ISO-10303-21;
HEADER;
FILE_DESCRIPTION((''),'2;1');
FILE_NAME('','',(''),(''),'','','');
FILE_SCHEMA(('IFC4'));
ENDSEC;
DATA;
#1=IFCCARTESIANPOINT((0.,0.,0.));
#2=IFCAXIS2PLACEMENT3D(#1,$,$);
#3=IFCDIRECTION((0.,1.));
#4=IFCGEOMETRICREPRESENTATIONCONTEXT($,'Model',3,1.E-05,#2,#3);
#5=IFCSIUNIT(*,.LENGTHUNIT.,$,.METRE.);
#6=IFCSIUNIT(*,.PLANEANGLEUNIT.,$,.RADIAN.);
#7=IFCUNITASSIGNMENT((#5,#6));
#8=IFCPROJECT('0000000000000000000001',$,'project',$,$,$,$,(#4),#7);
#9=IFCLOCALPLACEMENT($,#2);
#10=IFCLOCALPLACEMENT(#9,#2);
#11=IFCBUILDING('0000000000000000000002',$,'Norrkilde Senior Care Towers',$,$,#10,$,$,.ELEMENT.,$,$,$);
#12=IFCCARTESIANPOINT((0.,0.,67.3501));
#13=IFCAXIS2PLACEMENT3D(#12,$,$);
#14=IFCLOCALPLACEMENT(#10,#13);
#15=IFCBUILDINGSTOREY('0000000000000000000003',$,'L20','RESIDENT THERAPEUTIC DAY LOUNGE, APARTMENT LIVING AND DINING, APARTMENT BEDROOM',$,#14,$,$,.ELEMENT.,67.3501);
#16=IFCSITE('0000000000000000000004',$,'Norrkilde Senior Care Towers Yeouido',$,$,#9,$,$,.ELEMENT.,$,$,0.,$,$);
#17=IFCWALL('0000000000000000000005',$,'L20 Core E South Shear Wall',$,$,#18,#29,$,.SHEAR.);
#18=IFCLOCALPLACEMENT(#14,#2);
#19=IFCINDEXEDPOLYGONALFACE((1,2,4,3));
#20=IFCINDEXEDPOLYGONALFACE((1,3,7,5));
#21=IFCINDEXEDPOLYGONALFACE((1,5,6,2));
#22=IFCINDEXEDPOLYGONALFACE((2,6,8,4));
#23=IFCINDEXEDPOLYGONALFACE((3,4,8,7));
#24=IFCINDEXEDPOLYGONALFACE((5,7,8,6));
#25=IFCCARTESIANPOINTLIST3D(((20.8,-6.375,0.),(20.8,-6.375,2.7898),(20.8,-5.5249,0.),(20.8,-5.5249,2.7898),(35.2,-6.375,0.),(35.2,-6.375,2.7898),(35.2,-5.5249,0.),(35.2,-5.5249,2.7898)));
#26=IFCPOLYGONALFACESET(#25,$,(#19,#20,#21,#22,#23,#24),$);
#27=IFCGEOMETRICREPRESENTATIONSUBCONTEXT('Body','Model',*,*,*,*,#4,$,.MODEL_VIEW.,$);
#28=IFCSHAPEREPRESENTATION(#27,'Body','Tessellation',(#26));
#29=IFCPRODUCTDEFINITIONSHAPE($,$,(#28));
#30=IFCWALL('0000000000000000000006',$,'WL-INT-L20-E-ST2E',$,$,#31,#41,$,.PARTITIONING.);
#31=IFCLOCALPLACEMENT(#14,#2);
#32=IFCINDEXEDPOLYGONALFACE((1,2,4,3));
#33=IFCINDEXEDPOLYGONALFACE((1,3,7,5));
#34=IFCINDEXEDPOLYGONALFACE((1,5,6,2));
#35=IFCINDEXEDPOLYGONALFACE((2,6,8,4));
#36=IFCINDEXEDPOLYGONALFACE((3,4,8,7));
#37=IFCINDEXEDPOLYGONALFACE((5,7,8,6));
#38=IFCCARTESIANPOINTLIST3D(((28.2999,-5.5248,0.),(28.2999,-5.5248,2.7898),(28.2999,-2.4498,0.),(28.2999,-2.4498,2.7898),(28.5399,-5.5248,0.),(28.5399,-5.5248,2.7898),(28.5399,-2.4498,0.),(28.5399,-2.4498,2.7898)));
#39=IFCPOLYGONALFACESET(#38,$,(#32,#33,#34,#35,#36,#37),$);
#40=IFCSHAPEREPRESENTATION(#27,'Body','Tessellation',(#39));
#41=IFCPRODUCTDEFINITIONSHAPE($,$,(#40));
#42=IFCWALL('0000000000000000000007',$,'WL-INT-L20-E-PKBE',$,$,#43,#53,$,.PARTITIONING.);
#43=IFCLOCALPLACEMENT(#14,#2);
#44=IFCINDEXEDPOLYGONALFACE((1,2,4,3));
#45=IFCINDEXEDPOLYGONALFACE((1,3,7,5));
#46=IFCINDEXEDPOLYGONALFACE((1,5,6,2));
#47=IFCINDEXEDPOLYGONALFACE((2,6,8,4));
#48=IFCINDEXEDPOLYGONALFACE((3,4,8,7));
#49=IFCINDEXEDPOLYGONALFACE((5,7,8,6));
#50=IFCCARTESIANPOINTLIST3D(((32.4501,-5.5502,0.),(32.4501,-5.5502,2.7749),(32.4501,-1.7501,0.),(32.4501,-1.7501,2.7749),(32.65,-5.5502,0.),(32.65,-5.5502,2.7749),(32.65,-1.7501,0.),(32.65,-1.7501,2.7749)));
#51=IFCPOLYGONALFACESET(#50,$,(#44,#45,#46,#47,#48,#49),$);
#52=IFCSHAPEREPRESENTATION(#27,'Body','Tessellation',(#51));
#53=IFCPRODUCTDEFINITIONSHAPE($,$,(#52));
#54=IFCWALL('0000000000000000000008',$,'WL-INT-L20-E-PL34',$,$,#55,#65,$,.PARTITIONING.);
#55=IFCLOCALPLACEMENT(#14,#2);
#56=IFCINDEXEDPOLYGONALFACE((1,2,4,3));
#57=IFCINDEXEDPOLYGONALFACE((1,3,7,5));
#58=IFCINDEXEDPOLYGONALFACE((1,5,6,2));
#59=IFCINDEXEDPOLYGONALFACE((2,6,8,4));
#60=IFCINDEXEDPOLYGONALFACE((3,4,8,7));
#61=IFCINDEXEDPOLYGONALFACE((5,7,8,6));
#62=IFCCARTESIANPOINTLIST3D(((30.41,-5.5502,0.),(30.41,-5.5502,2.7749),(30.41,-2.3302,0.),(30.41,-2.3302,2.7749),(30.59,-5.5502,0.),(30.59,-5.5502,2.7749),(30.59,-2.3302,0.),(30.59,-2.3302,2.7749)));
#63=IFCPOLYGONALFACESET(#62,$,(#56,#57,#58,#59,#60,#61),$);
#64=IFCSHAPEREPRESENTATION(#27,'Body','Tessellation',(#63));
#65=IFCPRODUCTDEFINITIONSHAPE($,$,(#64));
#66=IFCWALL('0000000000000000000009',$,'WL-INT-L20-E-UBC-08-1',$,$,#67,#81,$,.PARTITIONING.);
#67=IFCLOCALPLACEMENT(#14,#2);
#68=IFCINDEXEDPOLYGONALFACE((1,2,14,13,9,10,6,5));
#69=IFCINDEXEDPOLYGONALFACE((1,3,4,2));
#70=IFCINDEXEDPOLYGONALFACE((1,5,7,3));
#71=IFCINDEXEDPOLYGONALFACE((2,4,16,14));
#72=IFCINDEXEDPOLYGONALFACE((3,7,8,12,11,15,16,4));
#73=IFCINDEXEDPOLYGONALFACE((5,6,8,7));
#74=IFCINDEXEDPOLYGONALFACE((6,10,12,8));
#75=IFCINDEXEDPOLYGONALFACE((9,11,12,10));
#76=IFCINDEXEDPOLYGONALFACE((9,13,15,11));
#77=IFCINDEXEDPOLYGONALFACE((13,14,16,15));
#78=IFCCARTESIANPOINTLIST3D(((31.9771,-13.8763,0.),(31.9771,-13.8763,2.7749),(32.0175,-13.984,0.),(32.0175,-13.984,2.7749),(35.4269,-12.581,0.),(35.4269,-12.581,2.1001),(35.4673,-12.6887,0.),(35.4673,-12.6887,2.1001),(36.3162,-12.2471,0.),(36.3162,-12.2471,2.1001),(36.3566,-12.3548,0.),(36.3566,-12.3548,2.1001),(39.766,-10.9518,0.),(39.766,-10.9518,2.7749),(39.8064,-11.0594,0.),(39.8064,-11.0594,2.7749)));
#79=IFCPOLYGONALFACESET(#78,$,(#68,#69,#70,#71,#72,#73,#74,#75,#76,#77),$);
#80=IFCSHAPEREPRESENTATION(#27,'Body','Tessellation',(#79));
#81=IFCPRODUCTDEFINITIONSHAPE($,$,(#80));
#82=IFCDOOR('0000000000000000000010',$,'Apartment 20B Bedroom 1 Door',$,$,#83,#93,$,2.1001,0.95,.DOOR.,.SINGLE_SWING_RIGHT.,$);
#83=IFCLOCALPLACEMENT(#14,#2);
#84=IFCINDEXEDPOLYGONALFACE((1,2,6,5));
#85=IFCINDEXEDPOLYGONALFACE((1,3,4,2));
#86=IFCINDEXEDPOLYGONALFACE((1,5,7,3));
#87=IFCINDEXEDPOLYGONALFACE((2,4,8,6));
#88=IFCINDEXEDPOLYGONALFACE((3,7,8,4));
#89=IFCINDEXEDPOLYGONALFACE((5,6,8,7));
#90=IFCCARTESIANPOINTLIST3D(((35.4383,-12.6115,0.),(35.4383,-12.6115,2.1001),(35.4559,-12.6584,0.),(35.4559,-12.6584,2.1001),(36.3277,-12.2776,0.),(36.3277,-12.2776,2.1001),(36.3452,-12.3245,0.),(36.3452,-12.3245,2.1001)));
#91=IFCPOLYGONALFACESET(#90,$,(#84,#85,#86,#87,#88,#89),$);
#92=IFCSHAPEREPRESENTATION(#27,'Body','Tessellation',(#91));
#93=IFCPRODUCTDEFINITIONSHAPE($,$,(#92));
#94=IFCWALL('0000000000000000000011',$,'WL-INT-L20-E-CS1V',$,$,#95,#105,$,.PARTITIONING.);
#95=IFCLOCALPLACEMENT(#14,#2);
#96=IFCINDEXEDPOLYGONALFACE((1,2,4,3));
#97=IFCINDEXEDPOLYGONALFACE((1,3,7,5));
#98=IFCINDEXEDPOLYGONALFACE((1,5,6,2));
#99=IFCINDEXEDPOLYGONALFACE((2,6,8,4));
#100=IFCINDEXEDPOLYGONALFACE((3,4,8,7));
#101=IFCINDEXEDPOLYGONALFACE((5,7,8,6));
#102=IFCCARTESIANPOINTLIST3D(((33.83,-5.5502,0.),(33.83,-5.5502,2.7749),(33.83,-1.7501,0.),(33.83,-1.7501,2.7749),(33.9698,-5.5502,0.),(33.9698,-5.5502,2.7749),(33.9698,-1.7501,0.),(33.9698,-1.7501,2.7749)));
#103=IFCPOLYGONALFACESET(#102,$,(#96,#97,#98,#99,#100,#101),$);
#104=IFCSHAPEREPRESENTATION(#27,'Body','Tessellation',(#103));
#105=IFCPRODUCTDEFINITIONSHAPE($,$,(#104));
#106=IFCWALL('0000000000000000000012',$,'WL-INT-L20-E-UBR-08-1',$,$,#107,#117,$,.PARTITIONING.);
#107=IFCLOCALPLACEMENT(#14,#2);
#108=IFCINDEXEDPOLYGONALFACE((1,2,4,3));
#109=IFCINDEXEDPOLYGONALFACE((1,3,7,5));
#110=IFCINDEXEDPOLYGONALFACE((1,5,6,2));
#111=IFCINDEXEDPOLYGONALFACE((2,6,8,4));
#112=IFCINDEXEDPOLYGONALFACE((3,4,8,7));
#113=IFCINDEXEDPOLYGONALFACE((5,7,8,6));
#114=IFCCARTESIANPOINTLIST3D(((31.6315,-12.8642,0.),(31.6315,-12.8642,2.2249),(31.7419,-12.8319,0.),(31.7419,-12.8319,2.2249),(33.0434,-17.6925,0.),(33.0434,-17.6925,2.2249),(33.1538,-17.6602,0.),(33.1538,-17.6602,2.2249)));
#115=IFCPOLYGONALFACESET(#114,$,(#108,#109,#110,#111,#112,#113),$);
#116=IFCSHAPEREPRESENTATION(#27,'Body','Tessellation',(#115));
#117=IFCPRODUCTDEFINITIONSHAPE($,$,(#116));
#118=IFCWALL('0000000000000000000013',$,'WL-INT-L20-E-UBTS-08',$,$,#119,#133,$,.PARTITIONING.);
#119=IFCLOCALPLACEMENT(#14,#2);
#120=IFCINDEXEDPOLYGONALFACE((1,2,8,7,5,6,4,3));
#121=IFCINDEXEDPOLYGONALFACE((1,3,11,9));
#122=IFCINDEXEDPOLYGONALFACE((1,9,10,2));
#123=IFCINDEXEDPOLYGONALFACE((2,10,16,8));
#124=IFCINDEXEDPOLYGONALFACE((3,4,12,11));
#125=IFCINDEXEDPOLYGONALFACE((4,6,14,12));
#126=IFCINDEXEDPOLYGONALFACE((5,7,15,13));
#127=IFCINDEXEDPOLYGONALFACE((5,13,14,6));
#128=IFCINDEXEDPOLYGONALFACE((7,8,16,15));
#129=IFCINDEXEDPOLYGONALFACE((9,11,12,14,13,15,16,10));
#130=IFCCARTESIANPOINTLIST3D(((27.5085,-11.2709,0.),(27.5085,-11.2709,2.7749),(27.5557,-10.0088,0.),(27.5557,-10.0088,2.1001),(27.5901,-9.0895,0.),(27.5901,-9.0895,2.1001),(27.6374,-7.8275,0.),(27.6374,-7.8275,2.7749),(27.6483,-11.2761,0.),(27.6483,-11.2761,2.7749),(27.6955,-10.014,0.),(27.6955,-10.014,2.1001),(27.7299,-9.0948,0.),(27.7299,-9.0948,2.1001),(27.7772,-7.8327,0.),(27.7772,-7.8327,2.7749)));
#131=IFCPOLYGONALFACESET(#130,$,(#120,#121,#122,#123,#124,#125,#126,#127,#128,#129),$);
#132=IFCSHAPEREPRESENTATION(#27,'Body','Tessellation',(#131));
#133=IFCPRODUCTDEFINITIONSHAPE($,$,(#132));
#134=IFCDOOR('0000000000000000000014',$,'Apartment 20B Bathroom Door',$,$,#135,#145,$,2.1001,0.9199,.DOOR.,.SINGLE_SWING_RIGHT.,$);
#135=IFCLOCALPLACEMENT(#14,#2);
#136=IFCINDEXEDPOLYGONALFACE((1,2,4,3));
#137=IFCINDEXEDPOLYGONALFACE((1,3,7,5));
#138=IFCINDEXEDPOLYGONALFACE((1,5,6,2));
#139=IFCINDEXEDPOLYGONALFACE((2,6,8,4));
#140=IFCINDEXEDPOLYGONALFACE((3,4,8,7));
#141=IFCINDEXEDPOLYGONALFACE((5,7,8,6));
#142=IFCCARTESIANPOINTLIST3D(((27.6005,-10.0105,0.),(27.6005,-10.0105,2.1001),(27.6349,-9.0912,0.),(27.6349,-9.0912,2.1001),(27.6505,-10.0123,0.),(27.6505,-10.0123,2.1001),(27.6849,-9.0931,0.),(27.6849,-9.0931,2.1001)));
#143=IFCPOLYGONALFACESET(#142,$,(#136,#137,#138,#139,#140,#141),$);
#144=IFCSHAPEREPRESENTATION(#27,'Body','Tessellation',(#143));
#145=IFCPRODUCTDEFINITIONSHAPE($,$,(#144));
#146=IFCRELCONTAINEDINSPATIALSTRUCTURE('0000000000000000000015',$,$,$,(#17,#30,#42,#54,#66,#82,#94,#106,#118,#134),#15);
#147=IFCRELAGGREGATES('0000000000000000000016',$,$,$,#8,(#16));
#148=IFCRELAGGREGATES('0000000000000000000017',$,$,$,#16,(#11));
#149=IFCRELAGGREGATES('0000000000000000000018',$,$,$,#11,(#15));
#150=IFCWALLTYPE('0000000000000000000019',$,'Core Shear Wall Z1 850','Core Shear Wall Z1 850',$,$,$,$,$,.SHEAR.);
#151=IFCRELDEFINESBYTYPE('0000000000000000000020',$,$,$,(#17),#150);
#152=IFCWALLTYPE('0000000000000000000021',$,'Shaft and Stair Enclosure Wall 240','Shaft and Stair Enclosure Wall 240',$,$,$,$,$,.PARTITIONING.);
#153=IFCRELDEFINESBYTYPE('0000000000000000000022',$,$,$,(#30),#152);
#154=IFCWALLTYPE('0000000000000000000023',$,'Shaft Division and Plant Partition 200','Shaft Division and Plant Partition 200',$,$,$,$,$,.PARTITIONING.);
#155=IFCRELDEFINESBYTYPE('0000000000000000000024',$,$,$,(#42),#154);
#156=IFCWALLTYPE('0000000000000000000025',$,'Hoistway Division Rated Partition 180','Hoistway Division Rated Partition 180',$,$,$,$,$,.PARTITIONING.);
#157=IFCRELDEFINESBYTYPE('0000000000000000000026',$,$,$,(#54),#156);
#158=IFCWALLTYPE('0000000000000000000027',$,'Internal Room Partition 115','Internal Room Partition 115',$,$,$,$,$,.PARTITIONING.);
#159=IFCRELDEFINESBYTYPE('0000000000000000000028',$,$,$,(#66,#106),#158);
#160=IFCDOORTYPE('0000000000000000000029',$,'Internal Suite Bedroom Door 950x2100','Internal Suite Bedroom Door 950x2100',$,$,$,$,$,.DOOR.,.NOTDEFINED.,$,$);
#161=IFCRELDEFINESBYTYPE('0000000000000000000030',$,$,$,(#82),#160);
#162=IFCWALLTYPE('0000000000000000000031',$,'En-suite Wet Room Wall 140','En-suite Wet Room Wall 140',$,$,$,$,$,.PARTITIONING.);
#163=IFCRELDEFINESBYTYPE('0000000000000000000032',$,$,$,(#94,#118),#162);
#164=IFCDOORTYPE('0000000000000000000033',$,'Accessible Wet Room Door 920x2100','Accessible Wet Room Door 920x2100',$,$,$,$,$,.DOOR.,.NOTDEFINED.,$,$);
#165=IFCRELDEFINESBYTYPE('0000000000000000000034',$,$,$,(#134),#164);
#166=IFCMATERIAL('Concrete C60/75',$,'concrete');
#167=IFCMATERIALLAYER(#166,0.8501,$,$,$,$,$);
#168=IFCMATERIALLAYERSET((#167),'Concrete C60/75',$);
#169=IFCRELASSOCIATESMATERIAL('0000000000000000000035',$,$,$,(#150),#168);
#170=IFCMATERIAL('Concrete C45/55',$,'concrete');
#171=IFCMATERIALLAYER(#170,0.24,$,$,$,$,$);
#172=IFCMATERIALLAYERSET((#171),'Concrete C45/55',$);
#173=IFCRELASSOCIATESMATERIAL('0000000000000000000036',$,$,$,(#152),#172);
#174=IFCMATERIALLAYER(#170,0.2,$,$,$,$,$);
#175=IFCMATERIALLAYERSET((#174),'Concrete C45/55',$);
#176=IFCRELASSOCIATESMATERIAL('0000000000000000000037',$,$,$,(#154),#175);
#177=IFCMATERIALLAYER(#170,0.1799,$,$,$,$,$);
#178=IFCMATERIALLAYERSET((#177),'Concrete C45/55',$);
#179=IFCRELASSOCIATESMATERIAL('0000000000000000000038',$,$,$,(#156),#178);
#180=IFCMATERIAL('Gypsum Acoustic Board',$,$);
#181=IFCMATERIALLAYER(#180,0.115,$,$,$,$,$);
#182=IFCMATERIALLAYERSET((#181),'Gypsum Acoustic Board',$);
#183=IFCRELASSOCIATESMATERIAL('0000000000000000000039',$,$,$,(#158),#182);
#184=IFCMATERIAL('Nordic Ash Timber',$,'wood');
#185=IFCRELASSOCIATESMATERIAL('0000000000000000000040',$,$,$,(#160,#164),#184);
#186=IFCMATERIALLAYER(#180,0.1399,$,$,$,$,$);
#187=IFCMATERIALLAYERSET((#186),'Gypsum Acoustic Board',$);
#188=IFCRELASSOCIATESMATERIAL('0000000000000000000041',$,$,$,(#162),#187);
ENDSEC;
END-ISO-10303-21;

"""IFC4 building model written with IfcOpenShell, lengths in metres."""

from ifc_helpers import new_model, si_unit, direction, frame, frame_2d, origin, place, context, subcontext, project, spatial, rectangle, extrude, source, transform, mapped, material, layer, layer_set, type_object, type_shapes, element, fill, save


model = new_model("IFC4")

# Units and contexts
model_context = context("Model", 3, precision=1e-05, world=origin(), true_north=direction((0.0, 1.0)))
body_context = subcontext(model_context, "Body", "Model", "MODEL_VIEW")
ifc_project = project(units=[si_unit("LENGTHUNIT", "METRE"), si_unit("PLANEANGLEUNIT", "RADIAN")], contexts=[model_context])

# Site, building, storey
site_placement = place(None, origin())
site = spatial("IfcSite", under=ifc_project, at=site_placement, Name="Norrkilde Senior Care Towers Yeouido", CompositionType="ELEMENT", RefElevation=0.0)
building_placement = place(site_placement, origin())
building = spatial("IfcBuilding", under=site, at=building_placement, Name="Norrkilde Senior Care Towers", CompositionType="ELEMENT")
storey_placement = place(building_placement, frame((0.0, 0.0, 67.3501)))
storey = spatial("IfcBuildingStorey", under=building, at=storey_placement, Name="L20", Description="RESIDENT THERAPEUTIC DAY LOUNGE, APARTMENT LIVING AND DINING, APARTMENT BEDROOM", CompositionType="ELEMENT", Elevation=67.3501)

# Shared definitions
ifc_material_1 = material(Name="Concrete C60/75", Category="concrete")

# Walls
ifc_layer_1 = layer(ifc_material_1, 0.8501)
ifc_layer_set_1 = layer_set([ifc_layer_1], Name="Concrete C60/75")
wall_type_1 = type_object("IfcWallType", Name="Core Shear Wall Z1 850", Description="Core Shear Wall Z1 850", PredefinedType="SHEAR", material=ifc_layer_set_1)
shared_shape_1 = source(origin(), body_context, "Body", "SweptSolid", [
    extrude(rectangle(XDim=14.3999, YDim=0.8501, at=frame_2d((7.2, 0.0))), origin(), (0.0, 0.0, 1.0), 2.7898),
])
type_shapes(wall_type_1, [shared_shape_1])
wall_1_placement = place(storey_placement, frame((35.2, -5.95, 0.0), z_axis=(0.0, 0.0, 1.0), x_axis=(-1.0, 0.0, 0.0)))
element("IfcWall", 1, at=wall_1_placement, inside=storey, type_object=wall_type_1, Name="L20 Core E South Shear Wall", PredefinedType="SHEAR", context=body_context, shape_type="MappedRepresentation", body=[
    mapped(shared_shape_1, transform((0.0, 0.0, 0.0), x_axis=(1.0, 0.0, 0.0), y_axis=(0.0, 1.0, 0.0), z_axis=(0.0, 0.0, 1.0), scale=1.0)),
])
ifc_material_2 = material(Name="Concrete C45/55", Category="concrete")
ifc_layer_2 = layer(ifc_material_2, 0.24)
ifc_layer_set_2 = layer_set([ifc_layer_2], Name="Concrete C45/55")
wall_type_2 = type_object("IfcWallType", Name="Shaft and Stair Enclosure Wall 240", Description="Shaft and Stair Enclosure Wall 240", PredefinedType="PARTITIONING", material=ifc_layer_set_2)
shared_shape_2 = source(origin(), body_context, "Body", "SweptSolid", [
    extrude(rectangle(XDim=3.075, YDim=0.24, at=frame_2d((1.5376, 0.0))), origin(), (0.0, 0.0, 1.0), 2.7898),
])
type_shapes(wall_type_2, [shared_shape_2])
wall_2_placement = place(storey_placement, frame((28.4199, -5.5249, 0.0), z_axis=(0.0, 0.0, 1.0), x_axis=(0.0, 1.0, 0.0)))
element("IfcWall", 2, at=wall_2_placement, inside=storey, type_object=wall_type_2, Name="WL-INT-L20-E-ST2E", PredefinedType="PARTITIONING", context=body_context, shape_type="MappedRepresentation", body=[
    mapped(shared_shape_2, transform((0.0, 0.0, 0.0), x_axis=(1.0, 0.0, 0.0), y_axis=(0.0, 1.0, 0.0), z_axis=(0.0, 0.0, 1.0), scale=1.0)),
])
ifc_layer_3 = layer(ifc_material_2, 0.2)
ifc_layer_set_3 = layer_set([ifc_layer_3], Name="Concrete C45/55")
wall_type_3 = type_object("IfcWallType", Name="Shaft Division and Plant Partition 200", Description="Shaft Division and Plant Partition 200", PredefinedType="PARTITIONING", material=ifc_layer_set_3)
shared_shape_3 = source(origin(), body_context, "Body", "SweptSolid", [
    extrude(rectangle(XDim=3.8, YDim=0.2, at=frame_2d((1.8999, 0.0))), origin(), (0.0, 0.0, 1.0), 2.7749),
])
type_shapes(wall_type_3, [shared_shape_3])
wall_3_placement = place(storey_placement, frame((32.55, -5.55, 0.0), z_axis=(0.0, 0.0, 1.0), x_axis=(0.0, 1.0, 0.0)))
element("IfcWall", 3, at=wall_3_placement, inside=storey, type_object=wall_type_3, Name="WL-INT-L20-E-PKBE", PredefinedType="PARTITIONING", context=body_context, shape_type="MappedRepresentation", body=[
    mapped(shared_shape_3, transform((0.0, 0.0, 0.0), x_axis=(1.0, 0.0, 0.0), y_axis=(0.0, 1.0, 0.0), z_axis=(0.0, 0.0, 1.0), scale=1.0)),
])
ifc_layer_4 = layer(ifc_material_2, 0.1799)
ifc_layer_set_4 = layer_set([ifc_layer_4], Name="Concrete C45/55")
wall_type_4 = type_object("IfcWallType", Name="Hoistway Division Rated Partition 180", Description="Hoistway Division Rated Partition 180", PredefinedType="PARTITIONING", material=ifc_layer_set_4)
shared_shape_4 = source(origin(), body_context, "Body", "SweptSolid", [
    extrude(rectangle(XDim=3.22, YDim=0.1799, at=frame_2d((1.6099, 0.0))), origin(), (0.0, 0.0, 1.0), 2.7749),
])
type_shapes(wall_type_4, [shared_shape_4])
wall_4_placement = place(storey_placement, frame((30.5, -5.55, 0.0), z_axis=(0.0, 0.0, 1.0), x_axis=(0.0, 1.0, 0.0)))
element("IfcWall", 4, at=wall_4_placement, inside=storey, type_object=wall_type_4, Name="WL-INT-L20-E-PL34", PredefinedType="PARTITIONING", context=body_context, shape_type="MappedRepresentation", body=[
    mapped(shared_shape_4, transform((0.0, 0.0, 0.0), x_axis=(1.0, 0.0, 0.0), y_axis=(0.0, 1.0, 0.0), z_axis=(0.0, 0.0, 1.0), scale=1.0)),
])

# Wall, opening, door
ifc_material_3 = material(Name="Gypsum Acoustic Board")
ifc_layer_5 = layer(ifc_material_3, 0.115)
ifc_layer_set_5 = layer_set([ifc_layer_5], Name="Gypsum Acoustic Board")
wall_type_5 = type_object("IfcWallType", Name="Internal Room Partition 115", Description="Internal Room Partition 115", PredefinedType="PARTITIONING", material=ifc_layer_set_5)
shared_shape_5 = source(origin(), body_context, "Body", "SweptSolid", [
    extrude(rectangle(XDim=8.3198, YDim=0.115, at=frame_2d((4.1599, 0.0))), origin(), (0.0, 0.0, 1.0), 2.7749),
])
wall_5_placement = place(storey_placement, frame((31.9973, -13.9302, 0.0), z_axis=(0.0, 0.0, 1.0), x_axis=(0.936181, 0.351519, 0.0)))
wall_5 = element("IfcWall", 5, at=wall_5_placement, inside=storey, type_object=wall_type_5, Name="WL-INT-L20-E-UBC-08-1", PredefinedType="PARTITIONING", context=body_context, shape_type="MappedRepresentation", body=[
    mapped(shared_shape_5, transform((0.0, 0.0, 0.0), x_axis=(1.0, 0.0, 0.0), y_axis=(0.0, 1.0, 0.0), z_axis=(0.0, 0.0, 1.0), scale=1.0)),
])
opening_1_placement = place(wall_5_placement, frame((3.6848, 0.0, 0.0)))
opening_1 = element("IfcOpeningElement", 6, at=opening_1_placement, cuts=wall_5, PredefinedType="OPENING", context=body_context, shape_type="SweptSolid", body=[
    extrude(rectangle(XDim=0.95, YDim=2.1001, at=frame_2d((0.4751, 1.05))), frame((0.0, 0.0674, 0.0), z_axis=(0.0, -1.0, 0.0), x_axis=(1.0, 0.0, 0.0)), (0.0, 0.0, 1.0), 0.135),
])
ifc_material_4 = material(Name="Nordic Ash Timber", Category="wood")
door_type_1 = type_object("IfcDoorType", Name="Internal Suite Bedroom Door 950x2100", Description="Internal Suite Bedroom Door 950x2100", OperationType="NOTDEFINED", PredefinedType="DOOR", material=ifc_material_4)
shared_shape_6 = source(origin(), body_context, "Body", "SweptSolid", [
    extrude(rectangle(XDim=0.95, YDim=2.1001, at=frame_2d((0.4751, 1.05))), frame((0.0, 0.0249, 0.0), z_axis=(0.0, -1.0, 0.0), x_axis=(1.0, 0.0, 0.0)), (0.0, 0.0, 1.0), 0.05),
])
type_shapes(door_type_1, [shared_shape_6])
door_1_placement = place(opening_1_placement, origin())
door_1 = element("IfcDoor", 7, at=door_1_placement, inside=storey, type_object=door_type_1, Name="Apartment 20B Bedroom 1 Door", OperationType="SINGLE_SWING_RIGHT", OverallHeight=2.1001, OverallWidth=0.95, PredefinedType="DOOR", context=body_context, shape_type="MappedRepresentation", body=[
    mapped(shared_shape_6, transform((0.0, 0.0, 0.0), x_axis=(1.0, 0.0, 0.0), y_axis=(0.0, 1.0, 0.0), z_axis=(0.0, 0.0, 1.0), scale=1.0)),
])
fill(opening_1, door_1)

# Walls
ifc_layer_6 = layer(ifc_material_3, 0.1399)
ifc_layer_set_6 = layer_set([ifc_layer_6], Name="Gypsum Acoustic Board")
wall_type_6 = type_object("IfcWallType", Name="En-suite Wet Room Wall 140", Description="En-suite Wet Room Wall 140", PredefinedType="PARTITIONING", material=ifc_layer_set_6)
shared_shape_7 = source(origin(), body_context, "Body", "SweptSolid", [
    extrude(rectangle(XDim=3.8, YDim=0.1399, at=frame_2d((1.8999, 0.0))), origin(), (0.0, 0.0, 1.0), 2.7749),
])
wall_6_placement = place(storey_placement, frame((33.8999, -5.55, 0.0), z_axis=(0.0, 0.0, 1.0), x_axis=(0.0, 1.0, 0.0)))
element("IfcWall", 8, at=wall_6_placement, inside=storey, type_object=wall_type_6, Name="WL-INT-L20-E-CS1V", PredefinedType="PARTITIONING", context=body_context, shape_type="MappedRepresentation", body=[
    mapped(shared_shape_7, transform((0.0, 0.0, 0.0), x_axis=(1.0, 0.0, 0.0), y_axis=(0.0, 1.0, 0.0), z_axis=(0.0, 0.0, 1.0), scale=1.0)),
])
shared_shape_8 = source(origin(), body_context, "Body", "SweptSolid", [
    extrude(rectangle(XDim=5.0305, YDim=0.115, at=frame_2d((2.5151, 0.0))), origin(), (0.0, 0.0, 1.0), 2.2249),
])
wall_7_placement = place(storey_placement, frame((31.6868, -12.8481, 0.0), z_axis=(0.0, 0.0, 1.0), x_axis=(0.280658, -0.959808, 0.0)))
element("IfcWall", 9, at=wall_7_placement, inside=storey, type_object=wall_type_5, Name="WL-INT-L20-E-UBR-08-1", PredefinedType="PARTITIONING", context=body_context, shape_type="MappedRepresentation", body=[
    mapped(shared_shape_8, transform((0.0, 0.0, 0.0), x_axis=(1.0, 0.0, 0.0), y_axis=(0.0, 1.0, 0.0), z_axis=(0.0, 0.0, 1.0), scale=1.0)),
])

# Wall, opening, door
shared_shape_9 = source(origin(), body_context, "Body", "SweptSolid", [
    extrude(rectangle(XDim=3.4458, YDim=0.1399, at=frame_2d((1.7229, 0.0))), origin(), (0.0, 0.0, 1.0), 2.7749),
])
wall_8_placement = place(storey_placement, frame((27.7073, -7.8301, 0.0), z_axis=(0.0, 0.0, 1.0), x_axis=(-0.03741, -0.9993, 0.0)))
wall_8 = element("IfcWall", 10, at=wall_8_placement, inside=storey, type_object=wall_type_6, Name="WL-INT-L20-E-UBTS-08", PredefinedType="PARTITIONING", context=body_context, shape_type="MappedRepresentation", body=[
    mapped(shared_shape_9, transform((0.0, 0.0, 0.0), x_axis=(1.0, 0.0, 0.0), y_axis=(0.0, 1.0, 0.0), z_axis=(0.0, 0.0, 1.0), scale=1.0)),
])
opening_2_placement = place(wall_8_placement, frame((1.2629, 0.0, 0.0)))
opening_2 = element("IfcOpeningElement", 11, at=opening_2_placement, cuts=wall_8, PredefinedType="OPENING", context=body_context, shape_type="SweptSolid", body=[
    extrude(rectangle(XDim=0.9199, YDim=2.1001, at=frame_2d((0.46, 1.05))), frame((0.0, 0.0798, 0.0), z_axis=(0.0, -1.0, 0.0), x_axis=(1.0, 0.0, 0.0)), (0.0, 0.0, 1.0), 0.1599),
])
door_type_2 = type_object("IfcDoorType", Name="Accessible Wet Room Door 920x2100", Description="Accessible Wet Room Door 920x2100", OperationType="NOTDEFINED", PredefinedType="DOOR", material=ifc_material_4)
shared_shape_10 = source(origin(), body_context, "Body", "SweptSolid", [
    extrude(rectangle(XDim=0.9199, YDim=2.1001, at=frame_2d((0.46, 1.05))), frame((0.0, 0.0249, 0.0), z_axis=(0.0, -1.0, 0.0), x_axis=(1.0, 0.0, 0.0)), (0.0, 0.0, 1.0), 0.05),
])
type_shapes(door_type_2, [shared_shape_10])
door_2_placement = place(opening_2_placement, origin())
door_2 = element("IfcDoor", 12, at=door_2_placement, inside=storey, type_object=door_type_2, Name="Apartment 20B Bathroom Door", OperationType="SINGLE_SWING_RIGHT", OverallHeight=2.1001, OverallWidth=0.9199, PredefinedType="DOOR", context=body_context, shape_type="MappedRepresentation", body=[
    mapped(shared_shape_10, transform((0.0, 0.0, 0.0), x_axis=(1.0, 0.0, 0.0), y_axis=(0.0, 1.0, 0.0), z_axis=(0.0, 0.0, 1.0), scale=1.0)),
])
fill(opening_2, door_2)

save(model, "model.ifc")
